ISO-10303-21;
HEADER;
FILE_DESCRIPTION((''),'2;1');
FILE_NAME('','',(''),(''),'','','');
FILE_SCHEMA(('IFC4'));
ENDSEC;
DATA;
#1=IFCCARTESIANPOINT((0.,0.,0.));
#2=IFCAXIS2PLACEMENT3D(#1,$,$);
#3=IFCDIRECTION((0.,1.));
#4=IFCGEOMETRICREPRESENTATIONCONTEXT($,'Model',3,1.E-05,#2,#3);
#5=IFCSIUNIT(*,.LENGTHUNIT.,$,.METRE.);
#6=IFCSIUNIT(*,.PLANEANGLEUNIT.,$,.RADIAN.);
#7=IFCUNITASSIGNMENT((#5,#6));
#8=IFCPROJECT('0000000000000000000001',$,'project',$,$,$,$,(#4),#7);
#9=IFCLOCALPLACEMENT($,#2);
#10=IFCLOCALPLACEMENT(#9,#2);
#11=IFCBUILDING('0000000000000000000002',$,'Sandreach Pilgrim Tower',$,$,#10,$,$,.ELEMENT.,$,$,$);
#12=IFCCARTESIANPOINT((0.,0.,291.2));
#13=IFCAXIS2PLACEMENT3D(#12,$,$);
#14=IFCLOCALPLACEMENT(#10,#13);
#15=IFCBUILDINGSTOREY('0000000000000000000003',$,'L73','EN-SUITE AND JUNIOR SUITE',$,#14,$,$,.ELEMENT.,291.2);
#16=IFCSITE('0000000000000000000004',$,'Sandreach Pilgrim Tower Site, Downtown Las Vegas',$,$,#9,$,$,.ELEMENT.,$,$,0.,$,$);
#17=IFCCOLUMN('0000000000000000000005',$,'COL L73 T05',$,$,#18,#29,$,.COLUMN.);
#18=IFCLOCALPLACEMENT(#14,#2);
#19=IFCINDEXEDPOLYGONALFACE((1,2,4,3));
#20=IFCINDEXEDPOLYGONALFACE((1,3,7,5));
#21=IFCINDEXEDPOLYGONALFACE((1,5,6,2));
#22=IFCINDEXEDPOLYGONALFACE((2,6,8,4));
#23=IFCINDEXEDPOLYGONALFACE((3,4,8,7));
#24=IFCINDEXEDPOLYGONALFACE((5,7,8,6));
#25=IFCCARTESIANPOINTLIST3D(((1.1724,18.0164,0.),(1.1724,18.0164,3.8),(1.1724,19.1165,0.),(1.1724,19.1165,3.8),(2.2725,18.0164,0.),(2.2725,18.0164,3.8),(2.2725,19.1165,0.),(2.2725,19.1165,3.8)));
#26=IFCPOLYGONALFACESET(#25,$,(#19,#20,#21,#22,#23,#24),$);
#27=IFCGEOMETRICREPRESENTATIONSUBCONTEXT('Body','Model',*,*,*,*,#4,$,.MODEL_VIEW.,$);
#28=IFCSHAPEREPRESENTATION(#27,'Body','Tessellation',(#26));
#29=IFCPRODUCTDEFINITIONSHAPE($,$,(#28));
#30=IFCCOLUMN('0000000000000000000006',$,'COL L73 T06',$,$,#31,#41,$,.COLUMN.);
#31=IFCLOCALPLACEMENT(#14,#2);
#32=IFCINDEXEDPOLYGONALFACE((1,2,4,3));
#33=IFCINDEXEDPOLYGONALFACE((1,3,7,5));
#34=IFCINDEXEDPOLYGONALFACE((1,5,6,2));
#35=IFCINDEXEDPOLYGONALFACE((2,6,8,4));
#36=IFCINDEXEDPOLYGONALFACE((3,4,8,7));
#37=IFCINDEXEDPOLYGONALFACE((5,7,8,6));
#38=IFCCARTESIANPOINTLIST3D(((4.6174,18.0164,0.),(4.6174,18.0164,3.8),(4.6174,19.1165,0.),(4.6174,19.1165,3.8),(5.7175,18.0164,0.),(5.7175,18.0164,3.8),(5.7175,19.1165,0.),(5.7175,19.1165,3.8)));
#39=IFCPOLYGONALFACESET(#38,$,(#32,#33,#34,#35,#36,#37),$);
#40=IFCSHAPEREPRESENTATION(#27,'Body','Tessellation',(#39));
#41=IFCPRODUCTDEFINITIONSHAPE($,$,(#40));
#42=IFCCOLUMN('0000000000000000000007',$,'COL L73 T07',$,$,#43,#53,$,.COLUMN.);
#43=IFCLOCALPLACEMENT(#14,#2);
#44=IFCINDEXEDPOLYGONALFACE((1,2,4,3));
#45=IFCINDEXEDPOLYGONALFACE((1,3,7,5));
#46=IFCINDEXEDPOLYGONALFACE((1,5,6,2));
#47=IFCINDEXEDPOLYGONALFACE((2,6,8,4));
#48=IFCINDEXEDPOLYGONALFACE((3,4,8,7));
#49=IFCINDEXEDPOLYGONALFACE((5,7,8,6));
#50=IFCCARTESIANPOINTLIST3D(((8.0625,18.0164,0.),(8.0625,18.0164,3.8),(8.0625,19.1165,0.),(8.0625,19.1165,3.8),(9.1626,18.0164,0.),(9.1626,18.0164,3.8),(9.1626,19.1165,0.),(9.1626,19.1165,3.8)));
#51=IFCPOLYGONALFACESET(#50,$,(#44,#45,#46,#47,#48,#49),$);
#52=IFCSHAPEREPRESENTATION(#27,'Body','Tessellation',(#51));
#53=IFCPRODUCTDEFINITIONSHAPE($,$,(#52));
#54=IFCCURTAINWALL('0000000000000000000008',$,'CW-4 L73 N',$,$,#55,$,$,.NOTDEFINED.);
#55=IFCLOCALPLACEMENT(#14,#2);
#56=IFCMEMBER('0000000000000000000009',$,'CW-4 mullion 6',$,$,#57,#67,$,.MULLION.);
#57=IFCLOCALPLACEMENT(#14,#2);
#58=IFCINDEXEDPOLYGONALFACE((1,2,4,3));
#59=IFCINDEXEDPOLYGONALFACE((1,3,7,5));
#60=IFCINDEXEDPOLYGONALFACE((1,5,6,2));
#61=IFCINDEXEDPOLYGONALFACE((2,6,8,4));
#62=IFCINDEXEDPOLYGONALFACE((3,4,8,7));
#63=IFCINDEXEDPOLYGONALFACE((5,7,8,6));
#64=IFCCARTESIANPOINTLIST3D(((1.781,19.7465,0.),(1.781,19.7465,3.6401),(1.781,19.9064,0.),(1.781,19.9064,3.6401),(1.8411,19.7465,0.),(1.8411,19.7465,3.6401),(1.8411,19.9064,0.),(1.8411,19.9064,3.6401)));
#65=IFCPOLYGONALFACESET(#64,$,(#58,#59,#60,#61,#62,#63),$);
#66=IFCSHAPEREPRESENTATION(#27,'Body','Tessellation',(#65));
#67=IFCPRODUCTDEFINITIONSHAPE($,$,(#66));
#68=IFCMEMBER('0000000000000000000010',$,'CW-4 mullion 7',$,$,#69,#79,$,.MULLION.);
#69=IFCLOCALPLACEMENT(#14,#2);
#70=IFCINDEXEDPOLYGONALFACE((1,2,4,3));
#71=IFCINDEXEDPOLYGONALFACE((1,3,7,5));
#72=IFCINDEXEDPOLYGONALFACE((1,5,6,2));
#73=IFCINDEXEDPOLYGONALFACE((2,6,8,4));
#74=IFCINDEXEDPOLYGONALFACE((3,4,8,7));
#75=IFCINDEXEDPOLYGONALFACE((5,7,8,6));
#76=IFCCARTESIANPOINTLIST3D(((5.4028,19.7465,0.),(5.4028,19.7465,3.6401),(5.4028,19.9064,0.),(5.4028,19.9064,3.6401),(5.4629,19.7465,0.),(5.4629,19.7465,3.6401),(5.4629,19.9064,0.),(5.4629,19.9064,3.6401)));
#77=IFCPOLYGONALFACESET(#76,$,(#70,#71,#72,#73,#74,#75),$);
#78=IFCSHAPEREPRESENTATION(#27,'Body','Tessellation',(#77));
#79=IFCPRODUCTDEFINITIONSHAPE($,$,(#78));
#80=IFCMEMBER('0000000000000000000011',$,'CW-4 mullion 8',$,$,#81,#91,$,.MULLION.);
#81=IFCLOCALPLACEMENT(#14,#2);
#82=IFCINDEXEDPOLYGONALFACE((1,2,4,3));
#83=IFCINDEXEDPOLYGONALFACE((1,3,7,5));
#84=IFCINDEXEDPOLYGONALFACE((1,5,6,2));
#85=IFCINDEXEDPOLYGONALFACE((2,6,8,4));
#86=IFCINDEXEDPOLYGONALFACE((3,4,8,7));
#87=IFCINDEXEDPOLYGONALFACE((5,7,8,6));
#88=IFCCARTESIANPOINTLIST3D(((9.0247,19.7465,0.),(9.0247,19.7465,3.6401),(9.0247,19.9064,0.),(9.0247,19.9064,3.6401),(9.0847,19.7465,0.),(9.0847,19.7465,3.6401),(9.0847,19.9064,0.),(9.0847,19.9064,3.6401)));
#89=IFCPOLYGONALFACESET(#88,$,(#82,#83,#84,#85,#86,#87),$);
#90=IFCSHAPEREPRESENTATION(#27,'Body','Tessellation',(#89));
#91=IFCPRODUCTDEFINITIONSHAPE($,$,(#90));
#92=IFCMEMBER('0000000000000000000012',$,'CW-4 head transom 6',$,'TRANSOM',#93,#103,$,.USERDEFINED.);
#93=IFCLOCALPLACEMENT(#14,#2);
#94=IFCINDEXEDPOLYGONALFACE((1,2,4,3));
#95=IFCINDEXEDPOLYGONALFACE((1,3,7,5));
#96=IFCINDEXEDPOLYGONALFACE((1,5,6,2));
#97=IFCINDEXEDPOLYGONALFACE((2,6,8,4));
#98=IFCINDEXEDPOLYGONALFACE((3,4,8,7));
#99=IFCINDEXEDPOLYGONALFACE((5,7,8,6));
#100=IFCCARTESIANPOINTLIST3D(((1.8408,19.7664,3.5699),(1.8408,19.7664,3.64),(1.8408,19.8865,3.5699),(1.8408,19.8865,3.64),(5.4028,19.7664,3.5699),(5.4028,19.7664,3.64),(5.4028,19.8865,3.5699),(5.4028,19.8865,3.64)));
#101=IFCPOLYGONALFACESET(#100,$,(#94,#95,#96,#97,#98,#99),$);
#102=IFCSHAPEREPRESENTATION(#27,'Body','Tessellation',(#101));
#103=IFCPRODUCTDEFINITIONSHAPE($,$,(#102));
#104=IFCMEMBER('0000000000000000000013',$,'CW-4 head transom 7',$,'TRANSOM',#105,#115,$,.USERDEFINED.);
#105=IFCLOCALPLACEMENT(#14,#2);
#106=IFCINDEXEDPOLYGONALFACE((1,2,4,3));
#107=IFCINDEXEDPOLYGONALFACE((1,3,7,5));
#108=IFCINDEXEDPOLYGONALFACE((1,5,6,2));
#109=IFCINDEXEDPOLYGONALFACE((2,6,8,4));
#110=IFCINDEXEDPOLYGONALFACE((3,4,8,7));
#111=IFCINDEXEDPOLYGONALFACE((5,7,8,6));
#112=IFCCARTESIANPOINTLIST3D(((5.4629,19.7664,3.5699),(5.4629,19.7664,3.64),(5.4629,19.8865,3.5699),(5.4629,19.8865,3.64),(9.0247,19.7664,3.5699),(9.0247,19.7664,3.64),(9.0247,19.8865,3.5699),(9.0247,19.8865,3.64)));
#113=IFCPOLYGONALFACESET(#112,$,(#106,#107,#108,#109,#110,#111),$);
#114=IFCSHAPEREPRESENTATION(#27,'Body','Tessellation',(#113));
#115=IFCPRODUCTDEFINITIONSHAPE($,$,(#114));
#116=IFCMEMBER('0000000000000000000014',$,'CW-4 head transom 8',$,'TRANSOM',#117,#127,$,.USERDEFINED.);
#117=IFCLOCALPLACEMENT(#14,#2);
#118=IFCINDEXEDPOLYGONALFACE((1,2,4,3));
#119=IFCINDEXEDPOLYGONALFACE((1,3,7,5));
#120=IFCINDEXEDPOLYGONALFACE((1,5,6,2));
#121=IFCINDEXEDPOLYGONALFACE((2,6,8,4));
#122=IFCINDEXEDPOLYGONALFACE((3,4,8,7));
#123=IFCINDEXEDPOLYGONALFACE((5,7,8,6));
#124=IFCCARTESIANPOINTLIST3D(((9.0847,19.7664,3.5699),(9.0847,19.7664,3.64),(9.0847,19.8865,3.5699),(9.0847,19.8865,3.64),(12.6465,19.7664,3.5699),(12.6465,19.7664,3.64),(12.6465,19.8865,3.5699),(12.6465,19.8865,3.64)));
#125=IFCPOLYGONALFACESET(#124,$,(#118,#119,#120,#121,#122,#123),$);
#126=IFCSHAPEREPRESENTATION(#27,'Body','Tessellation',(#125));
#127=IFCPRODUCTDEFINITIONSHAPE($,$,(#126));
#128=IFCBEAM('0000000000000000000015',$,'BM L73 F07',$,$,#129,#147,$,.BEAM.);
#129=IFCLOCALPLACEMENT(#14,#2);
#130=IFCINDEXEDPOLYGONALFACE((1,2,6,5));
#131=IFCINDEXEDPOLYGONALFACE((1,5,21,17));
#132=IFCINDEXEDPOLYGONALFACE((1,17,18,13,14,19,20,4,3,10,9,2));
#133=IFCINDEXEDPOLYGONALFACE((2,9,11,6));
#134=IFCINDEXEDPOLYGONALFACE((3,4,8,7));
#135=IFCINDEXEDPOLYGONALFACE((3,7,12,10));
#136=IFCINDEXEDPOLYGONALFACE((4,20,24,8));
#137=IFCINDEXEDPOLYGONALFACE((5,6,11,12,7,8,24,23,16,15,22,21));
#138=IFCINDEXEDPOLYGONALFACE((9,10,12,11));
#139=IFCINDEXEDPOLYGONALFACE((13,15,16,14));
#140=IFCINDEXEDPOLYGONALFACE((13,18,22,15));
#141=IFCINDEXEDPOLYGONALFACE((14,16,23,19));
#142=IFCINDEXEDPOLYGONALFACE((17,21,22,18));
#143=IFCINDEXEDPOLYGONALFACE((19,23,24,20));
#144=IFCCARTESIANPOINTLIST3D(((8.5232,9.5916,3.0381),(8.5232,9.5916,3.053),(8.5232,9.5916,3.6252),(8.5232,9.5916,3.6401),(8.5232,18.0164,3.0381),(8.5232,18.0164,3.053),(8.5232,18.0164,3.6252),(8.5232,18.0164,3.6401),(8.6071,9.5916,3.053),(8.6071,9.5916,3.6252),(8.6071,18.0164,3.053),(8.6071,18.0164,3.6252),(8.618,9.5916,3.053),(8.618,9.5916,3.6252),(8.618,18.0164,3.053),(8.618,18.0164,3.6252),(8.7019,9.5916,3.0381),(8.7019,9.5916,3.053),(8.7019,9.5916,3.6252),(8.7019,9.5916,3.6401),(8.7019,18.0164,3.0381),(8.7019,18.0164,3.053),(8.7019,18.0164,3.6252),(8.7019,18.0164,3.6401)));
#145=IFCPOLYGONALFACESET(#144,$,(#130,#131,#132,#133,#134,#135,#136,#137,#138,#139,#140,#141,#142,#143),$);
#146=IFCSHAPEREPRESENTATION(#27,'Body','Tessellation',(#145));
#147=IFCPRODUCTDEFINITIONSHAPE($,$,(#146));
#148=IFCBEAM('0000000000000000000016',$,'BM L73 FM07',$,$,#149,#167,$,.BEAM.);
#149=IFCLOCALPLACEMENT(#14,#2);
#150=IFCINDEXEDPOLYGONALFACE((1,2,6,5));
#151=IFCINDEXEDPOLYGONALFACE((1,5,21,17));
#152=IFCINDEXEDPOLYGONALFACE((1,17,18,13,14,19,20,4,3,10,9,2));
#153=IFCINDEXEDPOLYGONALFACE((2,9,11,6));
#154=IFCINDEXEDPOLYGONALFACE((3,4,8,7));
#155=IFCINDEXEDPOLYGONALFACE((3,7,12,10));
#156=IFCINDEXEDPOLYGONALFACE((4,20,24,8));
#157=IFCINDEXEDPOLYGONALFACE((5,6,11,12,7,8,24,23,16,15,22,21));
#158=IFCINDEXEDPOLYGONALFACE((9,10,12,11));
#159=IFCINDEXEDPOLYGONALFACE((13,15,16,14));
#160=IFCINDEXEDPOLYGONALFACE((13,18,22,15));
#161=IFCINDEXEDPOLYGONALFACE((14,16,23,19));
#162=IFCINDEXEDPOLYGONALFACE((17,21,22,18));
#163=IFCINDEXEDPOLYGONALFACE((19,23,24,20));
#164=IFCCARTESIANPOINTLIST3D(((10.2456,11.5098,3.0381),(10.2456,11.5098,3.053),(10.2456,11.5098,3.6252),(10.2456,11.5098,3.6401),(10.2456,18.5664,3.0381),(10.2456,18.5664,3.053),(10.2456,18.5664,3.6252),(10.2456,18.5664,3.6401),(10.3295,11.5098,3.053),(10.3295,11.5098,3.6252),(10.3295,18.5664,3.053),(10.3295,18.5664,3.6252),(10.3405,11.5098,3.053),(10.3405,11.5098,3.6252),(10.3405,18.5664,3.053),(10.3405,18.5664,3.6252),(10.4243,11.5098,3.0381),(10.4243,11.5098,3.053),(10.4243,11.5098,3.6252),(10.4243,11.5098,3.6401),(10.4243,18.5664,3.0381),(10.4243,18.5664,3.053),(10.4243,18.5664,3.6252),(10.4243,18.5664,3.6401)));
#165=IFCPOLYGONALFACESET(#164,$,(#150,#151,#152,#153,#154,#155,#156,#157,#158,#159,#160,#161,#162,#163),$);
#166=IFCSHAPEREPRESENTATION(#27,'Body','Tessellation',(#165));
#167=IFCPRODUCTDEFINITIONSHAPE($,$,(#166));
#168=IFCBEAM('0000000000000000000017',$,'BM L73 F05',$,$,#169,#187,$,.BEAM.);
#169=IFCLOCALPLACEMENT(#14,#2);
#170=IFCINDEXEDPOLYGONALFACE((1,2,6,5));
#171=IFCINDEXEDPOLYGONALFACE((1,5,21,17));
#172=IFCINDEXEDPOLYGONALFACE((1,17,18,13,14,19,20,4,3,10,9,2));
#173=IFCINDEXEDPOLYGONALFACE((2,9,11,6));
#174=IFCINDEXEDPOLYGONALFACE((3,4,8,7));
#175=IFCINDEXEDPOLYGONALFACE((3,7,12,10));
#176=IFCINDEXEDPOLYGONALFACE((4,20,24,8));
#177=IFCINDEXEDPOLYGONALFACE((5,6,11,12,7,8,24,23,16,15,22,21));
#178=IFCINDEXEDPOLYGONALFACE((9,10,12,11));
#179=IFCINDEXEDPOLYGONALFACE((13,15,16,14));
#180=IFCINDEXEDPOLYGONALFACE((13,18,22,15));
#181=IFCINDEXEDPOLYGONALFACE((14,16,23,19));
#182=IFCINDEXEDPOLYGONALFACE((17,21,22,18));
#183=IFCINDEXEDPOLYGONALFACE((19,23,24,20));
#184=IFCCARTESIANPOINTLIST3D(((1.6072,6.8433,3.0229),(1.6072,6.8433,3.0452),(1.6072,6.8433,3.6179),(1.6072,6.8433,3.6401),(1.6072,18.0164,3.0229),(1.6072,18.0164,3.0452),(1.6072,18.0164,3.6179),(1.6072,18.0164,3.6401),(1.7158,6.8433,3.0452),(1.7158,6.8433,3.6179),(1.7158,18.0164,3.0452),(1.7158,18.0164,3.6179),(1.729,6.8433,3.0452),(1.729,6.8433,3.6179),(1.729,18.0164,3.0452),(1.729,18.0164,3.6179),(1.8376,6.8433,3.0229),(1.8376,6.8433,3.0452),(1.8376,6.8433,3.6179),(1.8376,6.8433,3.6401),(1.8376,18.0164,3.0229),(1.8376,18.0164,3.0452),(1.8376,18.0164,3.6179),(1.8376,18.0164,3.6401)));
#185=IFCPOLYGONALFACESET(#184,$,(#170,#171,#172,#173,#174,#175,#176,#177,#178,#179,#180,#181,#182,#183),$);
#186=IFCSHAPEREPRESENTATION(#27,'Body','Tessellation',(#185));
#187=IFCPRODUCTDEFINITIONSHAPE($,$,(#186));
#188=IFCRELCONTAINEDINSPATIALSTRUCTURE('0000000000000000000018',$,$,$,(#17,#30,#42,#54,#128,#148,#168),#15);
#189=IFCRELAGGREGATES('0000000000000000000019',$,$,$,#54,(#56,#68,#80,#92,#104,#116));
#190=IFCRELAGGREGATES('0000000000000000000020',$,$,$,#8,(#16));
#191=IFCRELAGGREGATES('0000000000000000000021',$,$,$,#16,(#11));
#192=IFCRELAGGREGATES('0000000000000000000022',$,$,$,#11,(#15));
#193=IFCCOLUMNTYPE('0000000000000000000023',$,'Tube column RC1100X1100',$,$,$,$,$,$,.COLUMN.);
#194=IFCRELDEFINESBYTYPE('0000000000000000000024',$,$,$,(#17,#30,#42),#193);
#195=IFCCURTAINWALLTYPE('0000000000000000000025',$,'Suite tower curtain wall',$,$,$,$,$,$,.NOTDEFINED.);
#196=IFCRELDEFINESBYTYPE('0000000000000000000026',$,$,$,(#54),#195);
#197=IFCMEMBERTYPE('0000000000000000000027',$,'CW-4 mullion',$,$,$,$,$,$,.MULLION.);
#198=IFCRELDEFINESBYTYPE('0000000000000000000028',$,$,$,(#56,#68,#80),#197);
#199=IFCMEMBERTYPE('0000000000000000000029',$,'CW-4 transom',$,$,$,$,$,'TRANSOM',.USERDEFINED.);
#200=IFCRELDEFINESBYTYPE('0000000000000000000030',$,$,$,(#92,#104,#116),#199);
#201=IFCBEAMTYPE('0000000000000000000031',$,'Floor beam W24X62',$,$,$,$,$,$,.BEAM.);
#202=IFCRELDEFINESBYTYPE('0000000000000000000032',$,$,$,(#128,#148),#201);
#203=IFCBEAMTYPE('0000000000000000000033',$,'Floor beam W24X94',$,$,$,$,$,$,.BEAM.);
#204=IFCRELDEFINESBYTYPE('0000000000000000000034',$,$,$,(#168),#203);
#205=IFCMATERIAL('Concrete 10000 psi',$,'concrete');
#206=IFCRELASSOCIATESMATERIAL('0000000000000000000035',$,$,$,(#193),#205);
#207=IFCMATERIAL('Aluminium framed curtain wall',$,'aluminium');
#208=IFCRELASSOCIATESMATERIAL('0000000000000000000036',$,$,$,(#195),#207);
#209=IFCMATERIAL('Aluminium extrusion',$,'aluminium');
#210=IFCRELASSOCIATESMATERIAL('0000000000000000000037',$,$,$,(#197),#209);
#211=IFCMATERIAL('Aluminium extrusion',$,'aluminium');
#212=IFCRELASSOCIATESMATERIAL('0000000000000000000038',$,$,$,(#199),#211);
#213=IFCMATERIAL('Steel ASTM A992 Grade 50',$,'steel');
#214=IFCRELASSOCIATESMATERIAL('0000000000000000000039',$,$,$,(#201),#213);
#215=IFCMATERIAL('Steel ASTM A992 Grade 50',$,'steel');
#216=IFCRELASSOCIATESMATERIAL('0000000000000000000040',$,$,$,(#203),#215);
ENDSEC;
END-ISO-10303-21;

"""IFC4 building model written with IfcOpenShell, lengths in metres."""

from ifc_helpers import new_model, si_unit, direction, frame, origin, origin_2d, place, context, subcontext, project, spatial, rectangle, i_section, extrude, material, material_profile, profile_set, type_object, element, aggregate, save


model = new_model("IFC4")

# Units and contexts
model_context = context("Model", 3, precision=1e-05, world=origin(), true_north=direction((0.0, 1.0)))
body_context = subcontext(model_context, "Body", "Model", "MODEL_VIEW")
ifc_project = project(units=[si_unit("LENGTHUNIT", "METRE"), si_unit("PLANEANGLEUNIT", "RADIAN")], contexts=[model_context])

# Site, building, storey
site_placement = place(None, origin())
site = spatial("IfcSite", under=ifc_project, at=site_placement, Name="Sandreach Pilgrim Tower Site, Downtown Las Vegas", CompositionType="ELEMENT", RefElevation=0.0)
building_placement = place(site_placement, origin())
building = spatial("IfcBuilding", under=site, at=building_placement, Name="Sandreach Pilgrim Tower", CompositionType="ELEMENT")
storey_placement = place(building_placement, frame((0.0, 0.0, 291.2)))
storey = spatial("IfcBuildingStorey", under=building, at=storey_placement, Name="L73", Description="EN-SUITE AND JUNIOR SUITE", CompositionType="ELEMENT", Elevation=291.2)

# Columns
ifc_material_1 = material(Name="Concrete 10000 psi", Category="concrete")
ifc_material_profile_1 = material_profile(ifc_material_1, rectangle(XDim=1.1001, YDim=1.1001, at=origin_2d()), Name="RC1100X1100")
ifc_profile_set_1 = profile_set([ifc_material_profile_1], Name="Concrete 10000 psi")
column_type = type_object("IfcColumnType", Name="Tube column RC1100X1100", PredefinedType="COLUMN", material=ifc_profile_set_1)
for number, where, z_axis, x_axis, name in (
    (1, (1.7224, 18.5664, 0.0), (0.0, 0.0, 1.0), (0.0, 1.0, 0.0), "COL L73 T05"),
    (2, (5.1675, 18.5664, 0.0), (0.0, 0.0, 1.0), (0.0, 1.0, 0.0), "COL L73 T06"),
    (3, (8.6125, 18.5664, 0.0), (0.0, 0.0, 1.0), (0.0, 1.0, 0.0), "COL L73 T07"),
):
    element("IfcColumn", number, at=place(storey_placement, frame(where, z_axis=z_axis, x_axis=x_axis)), inside=storey, type_object=column_type, Name=name, PredefinedType="COLUMN", context=body_context, shape_type="SweptSolid", body=[
        extrude(rectangle(XDim=1.1001, YDim=1.1001, at=origin_2d()), origin(), (0.0, 0.0, 1.0), 3.8),
    ])

# Curtain wall, members
ifc_material_2 = material(Name="Aluminium framed curtain wall", Category="aluminium")
curtain_wall_type = type_object("IfcCurtainWallType", Name="Suite tower curtain wall", PredefinedType="NOTDEFINED", material=ifc_material_2)
curtain_wall_placement = place(storey_placement, origin())
curtain_wall = element("IfcCurtainWall", 4, at=curtain_wall_placement, inside=storey, type_object=curtain_wall_type, Name="CW-4 L73 N", PredefinedType="NOTDEFINED")
ifc_material_3 = material(Name="Aluminium extrusion", Category="aluminium")
ifc_material_profile_2 = material_profile(ifc_material_3, rectangle(XDim=0.0601, YDim=0.1599, at=origin_2d()), Name="CW-4M 60X160")
ifc_profile_set_2 = profile_set([ifc_material_profile_2], Name="Aluminium extrusion")
member_type_1 = type_object("IfcMemberType", Name="CW-4 mullion", PredefinedType="MULLION", material=ifc_profile_set_2)
member_1_placement = place(storey_placement, frame((1.811, 19.8264, 0.0), z_axis=(0.0, 0.0, 1.0), x_axis=(1.0, 0.0, 0.0)))
member_1 = element("IfcMember", 5, at=member_1_placement, type_object=member_type_1, Name="CW-4 mullion 6", PredefinedType="MULLION", context=body_context, shape_type="SweptSolid", body=[
    extrude(rectangle(XDim=0.0601, YDim=0.1599, at=origin_2d()), origin(), (0.0, 0.0, 1.0), 3.6401),
])
member_2_placement = place(storey_placement, frame((5.4329, 19.8264, 0.0), z_axis=(0.0, 0.0, 1.0), x_axis=(1.0, 0.0, 0.0)))
member_2 = element("IfcMember", 6, at=member_2_placement, type_object=member_type_1, Name="CW-4 mullion 7", PredefinedType="MULLION", context=body_context, shape_type="SweptSolid", body=[
    extrude(rectangle(XDim=0.0601, YDim=0.1599, at=origin_2d()), origin(), (0.0, 0.0, 1.0), 3.6401),
])
member_3_placement = place(storey_placement, frame((9.0547, 19.8264, 0.0), z_axis=(0.0, 0.0, 1.0), x_axis=(1.0, 0.0, 0.0)))
member_3 = element("IfcMember", 7, at=member_3_placement, type_object=member_type_1, Name="CW-4 mullion 8", PredefinedType="MULLION", context=body_context, shape_type="SweptSolid", body=[
    extrude(rectangle(XDim=0.0601, YDim=0.1599, at=origin_2d()), origin(), (0.0, 0.0, 1.0), 3.6401),
])
ifc_material_4 = material(Name="Aluminium extrusion", Category="aluminium")
ifc_material_profile_3 = material_profile(ifc_material_4, rectangle(XDim=0.1201, YDim=0.0701, at=origin_2d()), Name="CW-4T 120X70")
ifc_profile_set_3 = profile_set([ifc_material_profile_3], Name="Aluminium extrusion")
member_type_2 = type_object("IfcMemberType", Name="CW-4 transom", ElementType="TRANSOM", PredefinedType="USERDEFINED", material=ifc_profile_set_3)
member_4_placement = place(storey_placement, frame((1.8408, 19.8264, 3.605), z_axis=(1.0, 0.0, 0.0), x_axis=(0.0, 1.0, 0.0)))
member_4 = element("IfcMember", 8, at=member_4_placement, type_object=member_type_2, Name="CW-4 head transom 6", ObjectType="TRANSOM", PredefinedType="USERDEFINED", context=body_context, shape_type="SweptSolid", body=[
    extrude(rectangle(XDim=0.1201, YDim=0.0701, at=origin_2d()), origin(), (0.0, 0.0, 1.0), 3.562),
])
member_5_placement = place(storey_placement, frame((5.4629, 19.8264, 3.605), z_axis=(1.0, 0.0, 0.0), x_axis=(0.0, 1.0, 0.0)))
member_5 = element("IfcMember", 9, at=member_5_placement, type_object=member_type_2, Name="CW-4 head transom 7", ObjectType="TRANSOM", PredefinedType="USERDEFINED", context=body_context, shape_type="SweptSolid", body=[
    extrude(rectangle(XDim=0.1201, YDim=0.0701, at=origin_2d()), origin(), (0.0, 0.0, 1.0), 3.5618),
])
member_6_placement = place(storey_placement, frame((9.0847, 19.8264, 3.605), z_axis=(1.0, 0.0, 0.0), x_axis=(0.0, 1.0, 0.0)))
member_6 = element("IfcMember", 10, at=member_6_placement, type_object=member_type_2, Name="CW-4 head transom 8", ObjectType="TRANSOM", PredefinedType="USERDEFINED", context=body_context, shape_type="SweptSolid", body=[
    extrude(rectangle(XDim=0.1201, YDim=0.0701, at=origin_2d()), origin(), (0.0, 0.0, 1.0), 3.5618),
])

# Beams
ifc_material_5 = material(Name="Steel ASTM A992 Grade 50", Category="steel")
ifc_material_profile_4 = material_profile(ifc_material_5, i_section(OverallWidth=0.1787, OverallDepth=0.6021, WebThickness=0.011, FlangeThickness=0.0149, at=origin_2d()), Name="W24X62")
ifc_profile_set_4 = profile_set([ifc_material_profile_4], Name="Steel ASTM A992 Grade 50")
beam_type_1 = type_object("IfcBeamType", Name="Floor beam W24X62", PredefinedType="BEAM", material=ifc_profile_set_4)
beam_1_placement = place(storey_placement, frame((8.6125, 18.0164, 3.3391), z_axis=(0.0, -1.0, 0.0), x_axis=(1.0, 0.0, 0.0)))
element("IfcBeam", 11, at=beam_1_placement, inside=storey, type_object=beam_type_1, Name="BM L73 F07", PredefinedType="BEAM", context=body_context, shape_type="SweptSolid", body=[
    extrude(i_section(OverallWidth=0.1787, OverallDepth=0.6021, WebThickness=0.011, FlangeThickness=0.0149, at=origin_2d()), origin(), (0.0, 0.0, 1.0), 8.4248),
])
beam_2_placement = place(storey_placement, frame((10.335, 18.5664, 3.3391), z_axis=(0.0, -1.0, 0.0), x_axis=(1.0, 0.0, 0.0)))
element("IfcBeam", 12, at=beam_2_placement, inside=storey, type_object=beam_type_1, Name="BM L73 FM07", PredefinedType="BEAM", context=body_context, shape_type="SweptSolid", body=[
    extrude(i_section(OverallWidth=0.1787, OverallDepth=0.6021, WebThickness=0.011, FlangeThickness=0.0149, at=origin_2d()), origin(), (0.0, 0.0, 1.0), 7.0566),
])
ifc_material_6 = material(Name="Steel ASTM A992 Grade 50", Category="steel")
ifc_material_profile_5 = material_profile(ifc_material_6, i_section(OverallWidth=0.2305, OverallDepth=0.6172, WebThickness=0.0132, FlangeThickness=0.0222, at=origin_2d()), Name="W24X94")
ifc_profile_set_5 = profile_set([ifc_material_profile_5], Name="Steel ASTM A992 Grade 50")
beam_type_2 = type_object("IfcBeamType", Name="Floor beam W24X94", PredefinedType="BEAM", material=ifc_profile_set_5)
for number, where, z_axis, x_axis, name in (
    (13, (1.7224, 18.0164, 3.3315), (0.0, -1.0, 0.0), (1.0, 0.0, 0.0), "BM L73 F05"),
):
    element("IfcBeam", number, at=place(storey_placement, frame(where, z_axis=z_axis, x_axis=x_axis)), inside=storey, type_object=beam_type_2, Name=name, PredefinedType="BEAM", context=body_context, shape_type="SweptSolid", body=[
        extrude(i_section(OverallWidth=0.2305, OverallDepth=0.6172, WebThickness=0.0132, FlangeThickness=0.0222, at=origin_2d()), origin(), (0.0, 0.0, 1.0), 11.1731),
    ])

aggregate(curtain_wall, [member_1, member_2, member_3, member_4, member_5, member_6])

save(model, "model.ifc")
